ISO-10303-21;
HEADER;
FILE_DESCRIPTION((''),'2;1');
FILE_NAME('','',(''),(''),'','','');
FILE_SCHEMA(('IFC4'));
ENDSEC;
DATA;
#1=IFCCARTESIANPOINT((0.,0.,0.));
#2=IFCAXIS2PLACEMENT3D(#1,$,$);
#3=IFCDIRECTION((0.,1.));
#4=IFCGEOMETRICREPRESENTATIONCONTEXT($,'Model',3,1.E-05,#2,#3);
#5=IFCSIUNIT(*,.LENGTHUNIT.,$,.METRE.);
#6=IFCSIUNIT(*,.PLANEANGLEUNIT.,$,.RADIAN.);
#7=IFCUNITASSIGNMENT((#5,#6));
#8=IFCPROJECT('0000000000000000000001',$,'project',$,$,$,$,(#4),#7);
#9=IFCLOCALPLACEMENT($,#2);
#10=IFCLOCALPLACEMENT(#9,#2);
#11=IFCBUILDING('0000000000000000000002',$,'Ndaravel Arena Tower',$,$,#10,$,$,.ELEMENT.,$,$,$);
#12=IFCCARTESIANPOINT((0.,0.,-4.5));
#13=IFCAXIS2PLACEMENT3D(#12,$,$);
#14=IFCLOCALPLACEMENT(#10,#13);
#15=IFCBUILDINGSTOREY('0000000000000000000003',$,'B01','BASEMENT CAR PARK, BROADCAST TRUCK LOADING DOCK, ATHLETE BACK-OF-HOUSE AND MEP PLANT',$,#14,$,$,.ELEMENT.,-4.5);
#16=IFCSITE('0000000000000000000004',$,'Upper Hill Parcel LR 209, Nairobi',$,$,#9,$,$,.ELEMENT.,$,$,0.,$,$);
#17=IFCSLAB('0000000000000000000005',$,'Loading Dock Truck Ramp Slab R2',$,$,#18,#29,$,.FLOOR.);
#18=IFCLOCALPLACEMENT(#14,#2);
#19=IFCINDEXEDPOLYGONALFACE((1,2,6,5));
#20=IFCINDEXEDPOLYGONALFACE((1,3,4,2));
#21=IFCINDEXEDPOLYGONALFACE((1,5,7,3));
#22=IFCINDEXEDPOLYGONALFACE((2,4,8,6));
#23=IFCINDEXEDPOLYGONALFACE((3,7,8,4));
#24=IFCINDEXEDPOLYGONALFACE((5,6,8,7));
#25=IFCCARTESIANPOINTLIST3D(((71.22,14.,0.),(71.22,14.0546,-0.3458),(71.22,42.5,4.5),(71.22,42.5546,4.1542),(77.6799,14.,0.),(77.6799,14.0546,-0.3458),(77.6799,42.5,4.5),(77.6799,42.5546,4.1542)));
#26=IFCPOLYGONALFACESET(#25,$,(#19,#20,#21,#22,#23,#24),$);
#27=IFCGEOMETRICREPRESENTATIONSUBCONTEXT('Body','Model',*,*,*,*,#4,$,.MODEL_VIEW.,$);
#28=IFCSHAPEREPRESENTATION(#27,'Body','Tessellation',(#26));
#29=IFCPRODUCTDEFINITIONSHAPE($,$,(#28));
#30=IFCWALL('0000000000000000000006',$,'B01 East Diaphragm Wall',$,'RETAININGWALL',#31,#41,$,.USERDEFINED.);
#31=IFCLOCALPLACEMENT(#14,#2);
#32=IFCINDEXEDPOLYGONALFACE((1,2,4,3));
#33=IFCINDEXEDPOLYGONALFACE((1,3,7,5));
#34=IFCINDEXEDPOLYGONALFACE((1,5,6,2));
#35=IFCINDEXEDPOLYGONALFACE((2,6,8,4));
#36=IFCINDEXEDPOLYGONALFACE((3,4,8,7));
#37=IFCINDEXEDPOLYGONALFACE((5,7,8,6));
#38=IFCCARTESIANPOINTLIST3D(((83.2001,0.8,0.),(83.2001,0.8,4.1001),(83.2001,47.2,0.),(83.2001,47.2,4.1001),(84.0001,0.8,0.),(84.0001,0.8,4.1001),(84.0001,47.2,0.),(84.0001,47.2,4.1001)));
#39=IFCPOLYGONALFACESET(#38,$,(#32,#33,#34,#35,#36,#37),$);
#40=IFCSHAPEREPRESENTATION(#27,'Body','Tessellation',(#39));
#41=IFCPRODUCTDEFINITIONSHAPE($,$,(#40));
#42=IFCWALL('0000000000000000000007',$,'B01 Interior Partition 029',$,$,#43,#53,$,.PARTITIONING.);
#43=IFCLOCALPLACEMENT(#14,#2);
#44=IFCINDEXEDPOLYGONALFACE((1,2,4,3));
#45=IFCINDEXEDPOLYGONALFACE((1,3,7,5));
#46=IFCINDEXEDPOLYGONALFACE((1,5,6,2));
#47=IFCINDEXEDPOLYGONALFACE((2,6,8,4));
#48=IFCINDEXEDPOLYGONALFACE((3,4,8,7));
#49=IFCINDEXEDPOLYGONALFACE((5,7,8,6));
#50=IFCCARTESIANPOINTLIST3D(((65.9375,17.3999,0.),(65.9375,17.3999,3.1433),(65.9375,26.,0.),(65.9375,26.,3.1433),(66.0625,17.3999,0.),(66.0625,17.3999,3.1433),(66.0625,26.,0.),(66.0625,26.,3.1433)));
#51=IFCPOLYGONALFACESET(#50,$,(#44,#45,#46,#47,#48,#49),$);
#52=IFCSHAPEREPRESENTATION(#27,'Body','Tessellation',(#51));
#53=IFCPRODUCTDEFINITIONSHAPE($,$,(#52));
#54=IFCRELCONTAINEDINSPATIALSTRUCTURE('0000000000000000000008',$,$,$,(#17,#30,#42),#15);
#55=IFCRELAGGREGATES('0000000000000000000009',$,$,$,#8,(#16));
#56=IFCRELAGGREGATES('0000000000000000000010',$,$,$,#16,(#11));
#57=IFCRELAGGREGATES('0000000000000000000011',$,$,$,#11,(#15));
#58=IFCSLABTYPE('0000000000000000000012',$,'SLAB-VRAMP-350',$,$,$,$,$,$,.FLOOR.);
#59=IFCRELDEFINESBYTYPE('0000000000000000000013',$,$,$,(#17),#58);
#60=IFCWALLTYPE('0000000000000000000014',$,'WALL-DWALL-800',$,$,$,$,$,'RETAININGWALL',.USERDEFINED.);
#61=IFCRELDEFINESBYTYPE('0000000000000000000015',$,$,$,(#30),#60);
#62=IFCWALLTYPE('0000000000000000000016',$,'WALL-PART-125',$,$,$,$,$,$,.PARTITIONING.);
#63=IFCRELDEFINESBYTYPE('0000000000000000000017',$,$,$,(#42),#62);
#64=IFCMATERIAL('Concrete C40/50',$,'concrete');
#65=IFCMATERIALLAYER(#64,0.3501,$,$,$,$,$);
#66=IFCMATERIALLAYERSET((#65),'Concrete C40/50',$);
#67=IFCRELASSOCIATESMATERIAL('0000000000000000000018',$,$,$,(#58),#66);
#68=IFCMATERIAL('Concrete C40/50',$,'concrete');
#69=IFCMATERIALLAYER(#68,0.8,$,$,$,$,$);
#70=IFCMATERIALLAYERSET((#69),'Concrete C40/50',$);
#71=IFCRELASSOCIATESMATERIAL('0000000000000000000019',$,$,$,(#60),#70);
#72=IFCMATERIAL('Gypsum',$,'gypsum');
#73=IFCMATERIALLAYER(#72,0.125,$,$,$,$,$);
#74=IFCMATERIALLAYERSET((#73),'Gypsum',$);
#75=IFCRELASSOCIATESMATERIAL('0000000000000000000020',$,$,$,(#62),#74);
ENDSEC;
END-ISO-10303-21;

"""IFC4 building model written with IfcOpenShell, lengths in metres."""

from ifc_helpers import new_model, si_unit, direction, frame, frame_2d, origin, place, context, subcontext, project, spatial, polyline, rectangle, outline, extrude, material, layer, layer_set, type_object, element, save


model = new_model("IFC4")

# Units and contexts
model_context = context("Model", 3, precision=1e-05, world=origin(), true_north=direction((0.0, 1.0)))
body_context = subcontext(model_context, "Body", "Model", "MODEL_VIEW")
ifc_project = project(units=[si_unit("LENGTHUNIT", "METRE"), si_unit("PLANEANGLEUNIT", "RADIAN")], contexts=[model_context])

# Site, building, storey
site_placement = place(None, origin())
site = spatial("IfcSite", under=ifc_project, at=site_placement, Name="Upper Hill Parcel LR 209, Nairobi", CompositionType="ELEMENT", RefElevation=0.0)
building_placement = place(site_placement, origin())
building = spatial("IfcBuilding", under=site, at=building_placement, Name="Ndaravel Arena Tower", CompositionType="ELEMENT")
storey_placement = place(building_placement, frame((0.0, 0.0, -4.5)))
storey = spatial("IfcBuildingStorey", under=building, at=storey_placement, Name="B01", Description="BASEMENT CAR PARK, BROADCAST TRUCK LOADING DOCK, ATHLETE BACK-OF-HOUSE AND MEP PLANT", CompositionType="ELEMENT", Elevation=-4.5)

# Slab
ifc_material_1 = material(Name="Concrete C40/50", Category="concrete")
ifc_layer_1 = layer(ifc_material_1, 0.3501)
ifc_layer_set_1 = layer_set([ifc_layer_1], Name="Concrete C40/50")
slab_type = type_object("IfcSlabType", Name="SLAB-VRAMP-350", PredefinedType="FLOOR", material=ifc_layer_set_1)
slab_placement = place(storey_placement, frame((71.22, 14.0, 0.0), z_axis=(0.0, -0.155963, 0.987763), x_axis=(1.0, 0.0, 0.0)))
element("IfcSlab", 1, at=slab_placement, inside=storey, type_object=slab_type, Name="Loading Dock Truck Ramp Slab R2", PredefinedType="FLOOR", context=body_context, shape_type="SweptSolid", body=[
    extrude(outline(polyline([(0.0, 0.0), (6.46, 0.0), (6.46, 28.8531), (0.0, 28.8531), (0.0, 0.0)])), origin(), (0.0, 0.0, -1.0), 0.3501),
])

# Walls
ifc_material_2 = material(Name="Concrete C40/50", Category="concrete")
ifc_layer_2 = layer(ifc_material_2, 0.8)
ifc_layer_set_2 = layer_set([ifc_layer_2], Name="Concrete C40/50")
wall_type_1 = type_object("IfcWallType", Name="WALL-DWALL-800", ElementType="RETAININGWALL", PredefinedType="USERDEFINED", material=ifc_layer_set_2)
wall_1_placement = place(storey_placement, frame((83.6001, 0.8, 0.0), z_axis=(0.0, 0.0, 1.0), x_axis=(0.0, 1.0, 0.0)))
element("IfcWall", 2, at=wall_1_placement, inside=storey, type_object=wall_type_1, Name="B01 East Diaphragm Wall", ObjectType="RETAININGWALL", PredefinedType="USERDEFINED", context=body_context, shape_type="SweptSolid", body=[
    extrude(rectangle(XDim=46.3999, YDim=0.8, at=frame_2d((23.2, 0.0))), origin(), (0.0, 0.0, 1.0), 4.1001),
])
ifc_material_3 = material(Name="Gypsum", Category="gypsum")
ifc_layer_3 = layer(ifc_material_3, 0.125)
ifc_layer_set_3 = layer_set([ifc_layer_3], Name="Gypsum")
wall_type_2 = type_object("IfcWallType", Name="WALL-PART-125", PredefinedType="PARTITIONING", material=ifc_layer_set_3)
wall_2_placement = place(storey_placement, frame((66.0, 17.3999, 0.0), z_axis=(0.0, 0.0, 1.0), x_axis=(0.0, 1.0, 0.0)))
element("IfcWall", 3, at=wall_2_placement, inside=storey, type_object=wall_type_2, Name="B01 Interior Partition 029", PredefinedType="PARTITIONING", context=body_context, shape_type="SweptSolid", body=[
    extrude(rectangle(XDim=8.6001, YDim=0.125, at=frame_2d((4.3, 0.0))), origin(), (0.0, 0.0, 1.0), 3.1433),
])

save(model, "model.ifc")
